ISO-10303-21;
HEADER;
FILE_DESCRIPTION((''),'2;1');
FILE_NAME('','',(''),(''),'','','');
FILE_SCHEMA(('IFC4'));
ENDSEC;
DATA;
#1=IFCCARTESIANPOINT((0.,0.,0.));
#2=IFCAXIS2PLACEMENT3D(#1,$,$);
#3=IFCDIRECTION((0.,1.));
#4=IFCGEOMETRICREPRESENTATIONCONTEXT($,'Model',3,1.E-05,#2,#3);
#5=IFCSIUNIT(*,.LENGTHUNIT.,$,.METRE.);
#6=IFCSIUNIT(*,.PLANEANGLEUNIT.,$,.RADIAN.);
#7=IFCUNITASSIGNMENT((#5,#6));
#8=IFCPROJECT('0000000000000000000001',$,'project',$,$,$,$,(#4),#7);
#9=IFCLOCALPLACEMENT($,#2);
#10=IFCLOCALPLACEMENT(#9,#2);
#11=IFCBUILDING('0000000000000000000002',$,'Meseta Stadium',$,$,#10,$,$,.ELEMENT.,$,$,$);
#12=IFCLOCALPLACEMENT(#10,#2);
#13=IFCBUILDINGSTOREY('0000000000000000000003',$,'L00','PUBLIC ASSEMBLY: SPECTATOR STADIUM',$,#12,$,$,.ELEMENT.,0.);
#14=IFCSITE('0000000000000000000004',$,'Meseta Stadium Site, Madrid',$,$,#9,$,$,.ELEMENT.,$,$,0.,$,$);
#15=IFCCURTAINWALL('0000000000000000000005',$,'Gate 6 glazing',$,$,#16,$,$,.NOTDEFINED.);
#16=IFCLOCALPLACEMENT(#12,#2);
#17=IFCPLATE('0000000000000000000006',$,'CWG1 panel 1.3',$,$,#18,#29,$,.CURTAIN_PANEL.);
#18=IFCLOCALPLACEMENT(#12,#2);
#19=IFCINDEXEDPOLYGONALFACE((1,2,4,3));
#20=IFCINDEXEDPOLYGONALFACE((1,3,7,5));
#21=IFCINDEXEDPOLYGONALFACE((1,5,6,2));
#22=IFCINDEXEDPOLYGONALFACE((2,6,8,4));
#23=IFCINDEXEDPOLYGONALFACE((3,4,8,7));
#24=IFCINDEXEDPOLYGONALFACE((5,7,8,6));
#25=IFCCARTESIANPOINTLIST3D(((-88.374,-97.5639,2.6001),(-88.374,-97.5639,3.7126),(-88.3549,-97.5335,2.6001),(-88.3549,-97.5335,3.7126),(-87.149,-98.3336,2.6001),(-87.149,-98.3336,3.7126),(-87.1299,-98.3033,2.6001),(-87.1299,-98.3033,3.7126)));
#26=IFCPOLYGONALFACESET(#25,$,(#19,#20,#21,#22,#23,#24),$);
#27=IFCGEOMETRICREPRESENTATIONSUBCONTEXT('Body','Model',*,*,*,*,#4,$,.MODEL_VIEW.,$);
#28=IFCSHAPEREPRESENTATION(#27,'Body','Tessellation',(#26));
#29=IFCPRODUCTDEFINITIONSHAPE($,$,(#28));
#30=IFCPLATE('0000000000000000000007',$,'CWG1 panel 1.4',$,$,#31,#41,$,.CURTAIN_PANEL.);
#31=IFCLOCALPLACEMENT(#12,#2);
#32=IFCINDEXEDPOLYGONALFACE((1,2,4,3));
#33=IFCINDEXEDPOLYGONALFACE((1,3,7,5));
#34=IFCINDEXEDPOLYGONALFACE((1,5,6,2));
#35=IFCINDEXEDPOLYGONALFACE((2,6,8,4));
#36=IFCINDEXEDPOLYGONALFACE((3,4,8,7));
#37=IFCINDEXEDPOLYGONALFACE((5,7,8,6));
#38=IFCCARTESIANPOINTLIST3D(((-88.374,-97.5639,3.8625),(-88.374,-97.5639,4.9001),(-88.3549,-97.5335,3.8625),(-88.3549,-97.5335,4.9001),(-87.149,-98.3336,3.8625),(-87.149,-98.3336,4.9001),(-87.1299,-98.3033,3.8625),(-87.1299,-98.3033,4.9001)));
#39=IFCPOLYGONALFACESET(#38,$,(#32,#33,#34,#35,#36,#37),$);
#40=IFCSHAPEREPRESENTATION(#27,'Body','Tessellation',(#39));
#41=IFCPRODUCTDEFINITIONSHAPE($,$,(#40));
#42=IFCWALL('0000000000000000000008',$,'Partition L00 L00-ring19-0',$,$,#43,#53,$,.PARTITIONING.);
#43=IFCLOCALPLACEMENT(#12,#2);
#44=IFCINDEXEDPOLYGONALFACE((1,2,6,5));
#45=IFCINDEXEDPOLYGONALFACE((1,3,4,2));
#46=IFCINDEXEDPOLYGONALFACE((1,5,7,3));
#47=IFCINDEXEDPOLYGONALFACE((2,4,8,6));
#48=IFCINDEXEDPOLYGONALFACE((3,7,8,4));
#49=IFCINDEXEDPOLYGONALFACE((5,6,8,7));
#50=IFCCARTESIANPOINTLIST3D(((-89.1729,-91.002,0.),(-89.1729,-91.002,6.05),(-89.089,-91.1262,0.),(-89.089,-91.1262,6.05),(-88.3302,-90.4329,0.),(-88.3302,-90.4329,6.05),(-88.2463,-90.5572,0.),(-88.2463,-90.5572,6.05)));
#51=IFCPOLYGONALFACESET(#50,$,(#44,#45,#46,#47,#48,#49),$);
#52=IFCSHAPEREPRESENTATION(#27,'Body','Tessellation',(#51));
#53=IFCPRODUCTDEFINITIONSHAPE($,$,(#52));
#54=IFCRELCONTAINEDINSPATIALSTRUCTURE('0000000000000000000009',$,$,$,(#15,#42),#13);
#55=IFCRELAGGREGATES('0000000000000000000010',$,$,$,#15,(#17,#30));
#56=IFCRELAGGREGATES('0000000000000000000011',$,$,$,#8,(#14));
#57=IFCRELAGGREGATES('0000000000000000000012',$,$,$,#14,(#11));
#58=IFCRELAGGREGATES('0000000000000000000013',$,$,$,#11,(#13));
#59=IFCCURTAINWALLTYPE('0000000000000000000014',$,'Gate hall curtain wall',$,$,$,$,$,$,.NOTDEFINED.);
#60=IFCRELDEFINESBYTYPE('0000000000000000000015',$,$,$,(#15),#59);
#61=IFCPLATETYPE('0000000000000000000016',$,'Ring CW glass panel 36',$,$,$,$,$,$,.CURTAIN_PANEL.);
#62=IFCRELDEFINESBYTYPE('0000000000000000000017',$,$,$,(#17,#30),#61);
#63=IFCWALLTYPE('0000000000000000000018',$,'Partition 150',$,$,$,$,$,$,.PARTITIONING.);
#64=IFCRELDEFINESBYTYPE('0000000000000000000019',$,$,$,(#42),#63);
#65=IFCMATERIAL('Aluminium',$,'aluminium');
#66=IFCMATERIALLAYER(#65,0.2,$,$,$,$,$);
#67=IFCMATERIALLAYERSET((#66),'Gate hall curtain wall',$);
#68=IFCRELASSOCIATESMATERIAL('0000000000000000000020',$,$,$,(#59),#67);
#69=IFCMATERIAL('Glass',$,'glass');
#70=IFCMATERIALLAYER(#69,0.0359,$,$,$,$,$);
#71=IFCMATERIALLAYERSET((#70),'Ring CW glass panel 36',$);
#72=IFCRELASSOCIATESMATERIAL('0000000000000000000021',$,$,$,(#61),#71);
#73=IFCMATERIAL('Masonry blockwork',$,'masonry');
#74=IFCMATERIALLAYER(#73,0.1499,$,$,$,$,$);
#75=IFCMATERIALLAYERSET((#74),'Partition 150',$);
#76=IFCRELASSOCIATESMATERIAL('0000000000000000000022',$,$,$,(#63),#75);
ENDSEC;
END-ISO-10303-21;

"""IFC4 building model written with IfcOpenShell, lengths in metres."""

from ifc_helpers import new_model, si_unit, direction, frame, frame_2d, origin, origin_2d, place, context, subcontext, project, spatial, rectangle, extrude, material, layer, layer_set, type_object, element, aggregate, save


model = new_model("IFC4")

# Units and contexts
model_context = context("Model", 3, precision=1e-05, world=origin(), true_north=direction((0.0, 1.0)))
body_context = subcontext(model_context, "Body", "Model", "MODEL_VIEW")
ifc_project = project(units=[si_unit("LENGTHUNIT", "METRE"), si_unit("PLANEANGLEUNIT", "RADIAN")], contexts=[model_context])

# Site, building, storey
site_placement = place(None, origin())
site = spatial("IfcSite", under=ifc_project, at=site_placement, Name="Meseta Stadium Site, Madrid", CompositionType="ELEMENT", RefElevation=0.0)
building_placement = place(site_placement, origin())
building = spatial("IfcBuilding", under=site, at=building_placement, Name="Meseta Stadium", CompositionType="ELEMENT")
storey_placement = place(building_placement, origin())
storey = spatial("IfcBuildingStorey", under=building, at=storey_placement, Name="L00", Description="PUBLIC ASSEMBLY: SPECTATOR STADIUM", CompositionType="ELEMENT", Elevation=0.0)

# Curtain wall
ifc_material_1 = material(Name="Aluminium", Category="aluminium")
ifc_layer_1 = layer(ifc_material_1, 0.2)
ifc_layer_set_1 = layer_set([ifc_layer_1], Name="Gate hall curtain wall")
curtain_wall_type_1 = type_object("IfcCurtainWallType", Name="Gate hall curtain wall", PredefinedType="NOTDEFINED", material=ifc_layer_set_1)
curtain_wall_1_placement = place(storey_placement, origin())
curtain_wall_1 = element("IfcCurtainWall", 1, at=curtain_wall_1_placement, inside=storey, type_object=curtain_wall_type_1, Name="Gate 6 glazing", PredefinedType="NOTDEFINED")

# Plates
ifc_material_2 = material(Name="Glass", Category="glass")
ifc_layer_2 = layer(ifc_material_2, 0.0359)
ifc_layer_set_2 = layer_set([ifc_layer_2], Name="Ring CW glass panel 36")
plate_type = type_object("IfcPlateType", Name="Ring CW glass panel 36", PredefinedType="CURTAIN_PANEL", material=ifc_layer_set_2)
plate_1_placement = place(storey_placement, frame((-87.752, -97.9336, 2.6001), z_axis=(0.0, 0.0, 1.0), x_axis=(0.84673, -0.532023, 0.0)))
plate_1 = element("IfcPlate", 2, at=plate_1_placement, type_object=plate_type, Name="CWG1 panel 1.3", PredefinedType="CURTAIN_PANEL", context=body_context, shape_type="SweptSolid", body=[
    extrude(rectangle(XDim=1.4468, YDim=0.0359, at=origin_2d()), origin(), (0.0, 0.0, 1.0), 1.1125),
])
plate_2_placement = place(storey_placement, frame((-87.752, -97.9336, 3.8625), z_axis=(0.0, 0.0, 1.0), x_axis=(0.84673, -0.532023, 0.0)))
plate_2 = element("IfcPlate", 3, at=plate_2_placement, type_object=plate_type, Name="CWG1 panel 1.4", PredefinedType="CURTAIN_PANEL", context=body_context, shape_type="SweptSolid", body=[
    extrude(rectangle(XDim=1.4468, YDim=0.0359, at=origin_2d()), origin(), (0.0, 0.0, 1.0), 1.0376),
])
aggregate(curtain_wall_1, [plate_1, plate_2])

# Wall
ifc_material_3 = material(Name="Masonry blockwork", Category="masonry")
ifc_layer_3 = layer(ifc_material_3, 0.1499)
ifc_layer_set_3 = layer_set([ifc_layer_3], Name="Partition 150")
wall_type_1 = type_object("IfcWallType", Name="Partition 150", PredefinedType="PARTITIONING", material=ifc_layer_set_3)
wall_1_placement = place(storey_placement, frame((-88.2883, -90.4951, 0.0), z_axis=(0.0, 0.0, 1.0), x_axis=(-0.828748, -0.559621, 0.0)))
element("IfcWall", 4, at=wall_1_placement, inside=storey, type_object=wall_type_1, Name="Partition L00 L00-ring19-0", PredefinedType="PARTITIONING", context=body_context, shape_type="SweptSolid", body=[
    extrude(rectangle(XDim=1.0168, YDim=0.1499, at=frame_2d((0.5083, 0.0))), origin(), (0.0, 0.0, 1.0), 6.05),
])

save(model, "model.ifc")
